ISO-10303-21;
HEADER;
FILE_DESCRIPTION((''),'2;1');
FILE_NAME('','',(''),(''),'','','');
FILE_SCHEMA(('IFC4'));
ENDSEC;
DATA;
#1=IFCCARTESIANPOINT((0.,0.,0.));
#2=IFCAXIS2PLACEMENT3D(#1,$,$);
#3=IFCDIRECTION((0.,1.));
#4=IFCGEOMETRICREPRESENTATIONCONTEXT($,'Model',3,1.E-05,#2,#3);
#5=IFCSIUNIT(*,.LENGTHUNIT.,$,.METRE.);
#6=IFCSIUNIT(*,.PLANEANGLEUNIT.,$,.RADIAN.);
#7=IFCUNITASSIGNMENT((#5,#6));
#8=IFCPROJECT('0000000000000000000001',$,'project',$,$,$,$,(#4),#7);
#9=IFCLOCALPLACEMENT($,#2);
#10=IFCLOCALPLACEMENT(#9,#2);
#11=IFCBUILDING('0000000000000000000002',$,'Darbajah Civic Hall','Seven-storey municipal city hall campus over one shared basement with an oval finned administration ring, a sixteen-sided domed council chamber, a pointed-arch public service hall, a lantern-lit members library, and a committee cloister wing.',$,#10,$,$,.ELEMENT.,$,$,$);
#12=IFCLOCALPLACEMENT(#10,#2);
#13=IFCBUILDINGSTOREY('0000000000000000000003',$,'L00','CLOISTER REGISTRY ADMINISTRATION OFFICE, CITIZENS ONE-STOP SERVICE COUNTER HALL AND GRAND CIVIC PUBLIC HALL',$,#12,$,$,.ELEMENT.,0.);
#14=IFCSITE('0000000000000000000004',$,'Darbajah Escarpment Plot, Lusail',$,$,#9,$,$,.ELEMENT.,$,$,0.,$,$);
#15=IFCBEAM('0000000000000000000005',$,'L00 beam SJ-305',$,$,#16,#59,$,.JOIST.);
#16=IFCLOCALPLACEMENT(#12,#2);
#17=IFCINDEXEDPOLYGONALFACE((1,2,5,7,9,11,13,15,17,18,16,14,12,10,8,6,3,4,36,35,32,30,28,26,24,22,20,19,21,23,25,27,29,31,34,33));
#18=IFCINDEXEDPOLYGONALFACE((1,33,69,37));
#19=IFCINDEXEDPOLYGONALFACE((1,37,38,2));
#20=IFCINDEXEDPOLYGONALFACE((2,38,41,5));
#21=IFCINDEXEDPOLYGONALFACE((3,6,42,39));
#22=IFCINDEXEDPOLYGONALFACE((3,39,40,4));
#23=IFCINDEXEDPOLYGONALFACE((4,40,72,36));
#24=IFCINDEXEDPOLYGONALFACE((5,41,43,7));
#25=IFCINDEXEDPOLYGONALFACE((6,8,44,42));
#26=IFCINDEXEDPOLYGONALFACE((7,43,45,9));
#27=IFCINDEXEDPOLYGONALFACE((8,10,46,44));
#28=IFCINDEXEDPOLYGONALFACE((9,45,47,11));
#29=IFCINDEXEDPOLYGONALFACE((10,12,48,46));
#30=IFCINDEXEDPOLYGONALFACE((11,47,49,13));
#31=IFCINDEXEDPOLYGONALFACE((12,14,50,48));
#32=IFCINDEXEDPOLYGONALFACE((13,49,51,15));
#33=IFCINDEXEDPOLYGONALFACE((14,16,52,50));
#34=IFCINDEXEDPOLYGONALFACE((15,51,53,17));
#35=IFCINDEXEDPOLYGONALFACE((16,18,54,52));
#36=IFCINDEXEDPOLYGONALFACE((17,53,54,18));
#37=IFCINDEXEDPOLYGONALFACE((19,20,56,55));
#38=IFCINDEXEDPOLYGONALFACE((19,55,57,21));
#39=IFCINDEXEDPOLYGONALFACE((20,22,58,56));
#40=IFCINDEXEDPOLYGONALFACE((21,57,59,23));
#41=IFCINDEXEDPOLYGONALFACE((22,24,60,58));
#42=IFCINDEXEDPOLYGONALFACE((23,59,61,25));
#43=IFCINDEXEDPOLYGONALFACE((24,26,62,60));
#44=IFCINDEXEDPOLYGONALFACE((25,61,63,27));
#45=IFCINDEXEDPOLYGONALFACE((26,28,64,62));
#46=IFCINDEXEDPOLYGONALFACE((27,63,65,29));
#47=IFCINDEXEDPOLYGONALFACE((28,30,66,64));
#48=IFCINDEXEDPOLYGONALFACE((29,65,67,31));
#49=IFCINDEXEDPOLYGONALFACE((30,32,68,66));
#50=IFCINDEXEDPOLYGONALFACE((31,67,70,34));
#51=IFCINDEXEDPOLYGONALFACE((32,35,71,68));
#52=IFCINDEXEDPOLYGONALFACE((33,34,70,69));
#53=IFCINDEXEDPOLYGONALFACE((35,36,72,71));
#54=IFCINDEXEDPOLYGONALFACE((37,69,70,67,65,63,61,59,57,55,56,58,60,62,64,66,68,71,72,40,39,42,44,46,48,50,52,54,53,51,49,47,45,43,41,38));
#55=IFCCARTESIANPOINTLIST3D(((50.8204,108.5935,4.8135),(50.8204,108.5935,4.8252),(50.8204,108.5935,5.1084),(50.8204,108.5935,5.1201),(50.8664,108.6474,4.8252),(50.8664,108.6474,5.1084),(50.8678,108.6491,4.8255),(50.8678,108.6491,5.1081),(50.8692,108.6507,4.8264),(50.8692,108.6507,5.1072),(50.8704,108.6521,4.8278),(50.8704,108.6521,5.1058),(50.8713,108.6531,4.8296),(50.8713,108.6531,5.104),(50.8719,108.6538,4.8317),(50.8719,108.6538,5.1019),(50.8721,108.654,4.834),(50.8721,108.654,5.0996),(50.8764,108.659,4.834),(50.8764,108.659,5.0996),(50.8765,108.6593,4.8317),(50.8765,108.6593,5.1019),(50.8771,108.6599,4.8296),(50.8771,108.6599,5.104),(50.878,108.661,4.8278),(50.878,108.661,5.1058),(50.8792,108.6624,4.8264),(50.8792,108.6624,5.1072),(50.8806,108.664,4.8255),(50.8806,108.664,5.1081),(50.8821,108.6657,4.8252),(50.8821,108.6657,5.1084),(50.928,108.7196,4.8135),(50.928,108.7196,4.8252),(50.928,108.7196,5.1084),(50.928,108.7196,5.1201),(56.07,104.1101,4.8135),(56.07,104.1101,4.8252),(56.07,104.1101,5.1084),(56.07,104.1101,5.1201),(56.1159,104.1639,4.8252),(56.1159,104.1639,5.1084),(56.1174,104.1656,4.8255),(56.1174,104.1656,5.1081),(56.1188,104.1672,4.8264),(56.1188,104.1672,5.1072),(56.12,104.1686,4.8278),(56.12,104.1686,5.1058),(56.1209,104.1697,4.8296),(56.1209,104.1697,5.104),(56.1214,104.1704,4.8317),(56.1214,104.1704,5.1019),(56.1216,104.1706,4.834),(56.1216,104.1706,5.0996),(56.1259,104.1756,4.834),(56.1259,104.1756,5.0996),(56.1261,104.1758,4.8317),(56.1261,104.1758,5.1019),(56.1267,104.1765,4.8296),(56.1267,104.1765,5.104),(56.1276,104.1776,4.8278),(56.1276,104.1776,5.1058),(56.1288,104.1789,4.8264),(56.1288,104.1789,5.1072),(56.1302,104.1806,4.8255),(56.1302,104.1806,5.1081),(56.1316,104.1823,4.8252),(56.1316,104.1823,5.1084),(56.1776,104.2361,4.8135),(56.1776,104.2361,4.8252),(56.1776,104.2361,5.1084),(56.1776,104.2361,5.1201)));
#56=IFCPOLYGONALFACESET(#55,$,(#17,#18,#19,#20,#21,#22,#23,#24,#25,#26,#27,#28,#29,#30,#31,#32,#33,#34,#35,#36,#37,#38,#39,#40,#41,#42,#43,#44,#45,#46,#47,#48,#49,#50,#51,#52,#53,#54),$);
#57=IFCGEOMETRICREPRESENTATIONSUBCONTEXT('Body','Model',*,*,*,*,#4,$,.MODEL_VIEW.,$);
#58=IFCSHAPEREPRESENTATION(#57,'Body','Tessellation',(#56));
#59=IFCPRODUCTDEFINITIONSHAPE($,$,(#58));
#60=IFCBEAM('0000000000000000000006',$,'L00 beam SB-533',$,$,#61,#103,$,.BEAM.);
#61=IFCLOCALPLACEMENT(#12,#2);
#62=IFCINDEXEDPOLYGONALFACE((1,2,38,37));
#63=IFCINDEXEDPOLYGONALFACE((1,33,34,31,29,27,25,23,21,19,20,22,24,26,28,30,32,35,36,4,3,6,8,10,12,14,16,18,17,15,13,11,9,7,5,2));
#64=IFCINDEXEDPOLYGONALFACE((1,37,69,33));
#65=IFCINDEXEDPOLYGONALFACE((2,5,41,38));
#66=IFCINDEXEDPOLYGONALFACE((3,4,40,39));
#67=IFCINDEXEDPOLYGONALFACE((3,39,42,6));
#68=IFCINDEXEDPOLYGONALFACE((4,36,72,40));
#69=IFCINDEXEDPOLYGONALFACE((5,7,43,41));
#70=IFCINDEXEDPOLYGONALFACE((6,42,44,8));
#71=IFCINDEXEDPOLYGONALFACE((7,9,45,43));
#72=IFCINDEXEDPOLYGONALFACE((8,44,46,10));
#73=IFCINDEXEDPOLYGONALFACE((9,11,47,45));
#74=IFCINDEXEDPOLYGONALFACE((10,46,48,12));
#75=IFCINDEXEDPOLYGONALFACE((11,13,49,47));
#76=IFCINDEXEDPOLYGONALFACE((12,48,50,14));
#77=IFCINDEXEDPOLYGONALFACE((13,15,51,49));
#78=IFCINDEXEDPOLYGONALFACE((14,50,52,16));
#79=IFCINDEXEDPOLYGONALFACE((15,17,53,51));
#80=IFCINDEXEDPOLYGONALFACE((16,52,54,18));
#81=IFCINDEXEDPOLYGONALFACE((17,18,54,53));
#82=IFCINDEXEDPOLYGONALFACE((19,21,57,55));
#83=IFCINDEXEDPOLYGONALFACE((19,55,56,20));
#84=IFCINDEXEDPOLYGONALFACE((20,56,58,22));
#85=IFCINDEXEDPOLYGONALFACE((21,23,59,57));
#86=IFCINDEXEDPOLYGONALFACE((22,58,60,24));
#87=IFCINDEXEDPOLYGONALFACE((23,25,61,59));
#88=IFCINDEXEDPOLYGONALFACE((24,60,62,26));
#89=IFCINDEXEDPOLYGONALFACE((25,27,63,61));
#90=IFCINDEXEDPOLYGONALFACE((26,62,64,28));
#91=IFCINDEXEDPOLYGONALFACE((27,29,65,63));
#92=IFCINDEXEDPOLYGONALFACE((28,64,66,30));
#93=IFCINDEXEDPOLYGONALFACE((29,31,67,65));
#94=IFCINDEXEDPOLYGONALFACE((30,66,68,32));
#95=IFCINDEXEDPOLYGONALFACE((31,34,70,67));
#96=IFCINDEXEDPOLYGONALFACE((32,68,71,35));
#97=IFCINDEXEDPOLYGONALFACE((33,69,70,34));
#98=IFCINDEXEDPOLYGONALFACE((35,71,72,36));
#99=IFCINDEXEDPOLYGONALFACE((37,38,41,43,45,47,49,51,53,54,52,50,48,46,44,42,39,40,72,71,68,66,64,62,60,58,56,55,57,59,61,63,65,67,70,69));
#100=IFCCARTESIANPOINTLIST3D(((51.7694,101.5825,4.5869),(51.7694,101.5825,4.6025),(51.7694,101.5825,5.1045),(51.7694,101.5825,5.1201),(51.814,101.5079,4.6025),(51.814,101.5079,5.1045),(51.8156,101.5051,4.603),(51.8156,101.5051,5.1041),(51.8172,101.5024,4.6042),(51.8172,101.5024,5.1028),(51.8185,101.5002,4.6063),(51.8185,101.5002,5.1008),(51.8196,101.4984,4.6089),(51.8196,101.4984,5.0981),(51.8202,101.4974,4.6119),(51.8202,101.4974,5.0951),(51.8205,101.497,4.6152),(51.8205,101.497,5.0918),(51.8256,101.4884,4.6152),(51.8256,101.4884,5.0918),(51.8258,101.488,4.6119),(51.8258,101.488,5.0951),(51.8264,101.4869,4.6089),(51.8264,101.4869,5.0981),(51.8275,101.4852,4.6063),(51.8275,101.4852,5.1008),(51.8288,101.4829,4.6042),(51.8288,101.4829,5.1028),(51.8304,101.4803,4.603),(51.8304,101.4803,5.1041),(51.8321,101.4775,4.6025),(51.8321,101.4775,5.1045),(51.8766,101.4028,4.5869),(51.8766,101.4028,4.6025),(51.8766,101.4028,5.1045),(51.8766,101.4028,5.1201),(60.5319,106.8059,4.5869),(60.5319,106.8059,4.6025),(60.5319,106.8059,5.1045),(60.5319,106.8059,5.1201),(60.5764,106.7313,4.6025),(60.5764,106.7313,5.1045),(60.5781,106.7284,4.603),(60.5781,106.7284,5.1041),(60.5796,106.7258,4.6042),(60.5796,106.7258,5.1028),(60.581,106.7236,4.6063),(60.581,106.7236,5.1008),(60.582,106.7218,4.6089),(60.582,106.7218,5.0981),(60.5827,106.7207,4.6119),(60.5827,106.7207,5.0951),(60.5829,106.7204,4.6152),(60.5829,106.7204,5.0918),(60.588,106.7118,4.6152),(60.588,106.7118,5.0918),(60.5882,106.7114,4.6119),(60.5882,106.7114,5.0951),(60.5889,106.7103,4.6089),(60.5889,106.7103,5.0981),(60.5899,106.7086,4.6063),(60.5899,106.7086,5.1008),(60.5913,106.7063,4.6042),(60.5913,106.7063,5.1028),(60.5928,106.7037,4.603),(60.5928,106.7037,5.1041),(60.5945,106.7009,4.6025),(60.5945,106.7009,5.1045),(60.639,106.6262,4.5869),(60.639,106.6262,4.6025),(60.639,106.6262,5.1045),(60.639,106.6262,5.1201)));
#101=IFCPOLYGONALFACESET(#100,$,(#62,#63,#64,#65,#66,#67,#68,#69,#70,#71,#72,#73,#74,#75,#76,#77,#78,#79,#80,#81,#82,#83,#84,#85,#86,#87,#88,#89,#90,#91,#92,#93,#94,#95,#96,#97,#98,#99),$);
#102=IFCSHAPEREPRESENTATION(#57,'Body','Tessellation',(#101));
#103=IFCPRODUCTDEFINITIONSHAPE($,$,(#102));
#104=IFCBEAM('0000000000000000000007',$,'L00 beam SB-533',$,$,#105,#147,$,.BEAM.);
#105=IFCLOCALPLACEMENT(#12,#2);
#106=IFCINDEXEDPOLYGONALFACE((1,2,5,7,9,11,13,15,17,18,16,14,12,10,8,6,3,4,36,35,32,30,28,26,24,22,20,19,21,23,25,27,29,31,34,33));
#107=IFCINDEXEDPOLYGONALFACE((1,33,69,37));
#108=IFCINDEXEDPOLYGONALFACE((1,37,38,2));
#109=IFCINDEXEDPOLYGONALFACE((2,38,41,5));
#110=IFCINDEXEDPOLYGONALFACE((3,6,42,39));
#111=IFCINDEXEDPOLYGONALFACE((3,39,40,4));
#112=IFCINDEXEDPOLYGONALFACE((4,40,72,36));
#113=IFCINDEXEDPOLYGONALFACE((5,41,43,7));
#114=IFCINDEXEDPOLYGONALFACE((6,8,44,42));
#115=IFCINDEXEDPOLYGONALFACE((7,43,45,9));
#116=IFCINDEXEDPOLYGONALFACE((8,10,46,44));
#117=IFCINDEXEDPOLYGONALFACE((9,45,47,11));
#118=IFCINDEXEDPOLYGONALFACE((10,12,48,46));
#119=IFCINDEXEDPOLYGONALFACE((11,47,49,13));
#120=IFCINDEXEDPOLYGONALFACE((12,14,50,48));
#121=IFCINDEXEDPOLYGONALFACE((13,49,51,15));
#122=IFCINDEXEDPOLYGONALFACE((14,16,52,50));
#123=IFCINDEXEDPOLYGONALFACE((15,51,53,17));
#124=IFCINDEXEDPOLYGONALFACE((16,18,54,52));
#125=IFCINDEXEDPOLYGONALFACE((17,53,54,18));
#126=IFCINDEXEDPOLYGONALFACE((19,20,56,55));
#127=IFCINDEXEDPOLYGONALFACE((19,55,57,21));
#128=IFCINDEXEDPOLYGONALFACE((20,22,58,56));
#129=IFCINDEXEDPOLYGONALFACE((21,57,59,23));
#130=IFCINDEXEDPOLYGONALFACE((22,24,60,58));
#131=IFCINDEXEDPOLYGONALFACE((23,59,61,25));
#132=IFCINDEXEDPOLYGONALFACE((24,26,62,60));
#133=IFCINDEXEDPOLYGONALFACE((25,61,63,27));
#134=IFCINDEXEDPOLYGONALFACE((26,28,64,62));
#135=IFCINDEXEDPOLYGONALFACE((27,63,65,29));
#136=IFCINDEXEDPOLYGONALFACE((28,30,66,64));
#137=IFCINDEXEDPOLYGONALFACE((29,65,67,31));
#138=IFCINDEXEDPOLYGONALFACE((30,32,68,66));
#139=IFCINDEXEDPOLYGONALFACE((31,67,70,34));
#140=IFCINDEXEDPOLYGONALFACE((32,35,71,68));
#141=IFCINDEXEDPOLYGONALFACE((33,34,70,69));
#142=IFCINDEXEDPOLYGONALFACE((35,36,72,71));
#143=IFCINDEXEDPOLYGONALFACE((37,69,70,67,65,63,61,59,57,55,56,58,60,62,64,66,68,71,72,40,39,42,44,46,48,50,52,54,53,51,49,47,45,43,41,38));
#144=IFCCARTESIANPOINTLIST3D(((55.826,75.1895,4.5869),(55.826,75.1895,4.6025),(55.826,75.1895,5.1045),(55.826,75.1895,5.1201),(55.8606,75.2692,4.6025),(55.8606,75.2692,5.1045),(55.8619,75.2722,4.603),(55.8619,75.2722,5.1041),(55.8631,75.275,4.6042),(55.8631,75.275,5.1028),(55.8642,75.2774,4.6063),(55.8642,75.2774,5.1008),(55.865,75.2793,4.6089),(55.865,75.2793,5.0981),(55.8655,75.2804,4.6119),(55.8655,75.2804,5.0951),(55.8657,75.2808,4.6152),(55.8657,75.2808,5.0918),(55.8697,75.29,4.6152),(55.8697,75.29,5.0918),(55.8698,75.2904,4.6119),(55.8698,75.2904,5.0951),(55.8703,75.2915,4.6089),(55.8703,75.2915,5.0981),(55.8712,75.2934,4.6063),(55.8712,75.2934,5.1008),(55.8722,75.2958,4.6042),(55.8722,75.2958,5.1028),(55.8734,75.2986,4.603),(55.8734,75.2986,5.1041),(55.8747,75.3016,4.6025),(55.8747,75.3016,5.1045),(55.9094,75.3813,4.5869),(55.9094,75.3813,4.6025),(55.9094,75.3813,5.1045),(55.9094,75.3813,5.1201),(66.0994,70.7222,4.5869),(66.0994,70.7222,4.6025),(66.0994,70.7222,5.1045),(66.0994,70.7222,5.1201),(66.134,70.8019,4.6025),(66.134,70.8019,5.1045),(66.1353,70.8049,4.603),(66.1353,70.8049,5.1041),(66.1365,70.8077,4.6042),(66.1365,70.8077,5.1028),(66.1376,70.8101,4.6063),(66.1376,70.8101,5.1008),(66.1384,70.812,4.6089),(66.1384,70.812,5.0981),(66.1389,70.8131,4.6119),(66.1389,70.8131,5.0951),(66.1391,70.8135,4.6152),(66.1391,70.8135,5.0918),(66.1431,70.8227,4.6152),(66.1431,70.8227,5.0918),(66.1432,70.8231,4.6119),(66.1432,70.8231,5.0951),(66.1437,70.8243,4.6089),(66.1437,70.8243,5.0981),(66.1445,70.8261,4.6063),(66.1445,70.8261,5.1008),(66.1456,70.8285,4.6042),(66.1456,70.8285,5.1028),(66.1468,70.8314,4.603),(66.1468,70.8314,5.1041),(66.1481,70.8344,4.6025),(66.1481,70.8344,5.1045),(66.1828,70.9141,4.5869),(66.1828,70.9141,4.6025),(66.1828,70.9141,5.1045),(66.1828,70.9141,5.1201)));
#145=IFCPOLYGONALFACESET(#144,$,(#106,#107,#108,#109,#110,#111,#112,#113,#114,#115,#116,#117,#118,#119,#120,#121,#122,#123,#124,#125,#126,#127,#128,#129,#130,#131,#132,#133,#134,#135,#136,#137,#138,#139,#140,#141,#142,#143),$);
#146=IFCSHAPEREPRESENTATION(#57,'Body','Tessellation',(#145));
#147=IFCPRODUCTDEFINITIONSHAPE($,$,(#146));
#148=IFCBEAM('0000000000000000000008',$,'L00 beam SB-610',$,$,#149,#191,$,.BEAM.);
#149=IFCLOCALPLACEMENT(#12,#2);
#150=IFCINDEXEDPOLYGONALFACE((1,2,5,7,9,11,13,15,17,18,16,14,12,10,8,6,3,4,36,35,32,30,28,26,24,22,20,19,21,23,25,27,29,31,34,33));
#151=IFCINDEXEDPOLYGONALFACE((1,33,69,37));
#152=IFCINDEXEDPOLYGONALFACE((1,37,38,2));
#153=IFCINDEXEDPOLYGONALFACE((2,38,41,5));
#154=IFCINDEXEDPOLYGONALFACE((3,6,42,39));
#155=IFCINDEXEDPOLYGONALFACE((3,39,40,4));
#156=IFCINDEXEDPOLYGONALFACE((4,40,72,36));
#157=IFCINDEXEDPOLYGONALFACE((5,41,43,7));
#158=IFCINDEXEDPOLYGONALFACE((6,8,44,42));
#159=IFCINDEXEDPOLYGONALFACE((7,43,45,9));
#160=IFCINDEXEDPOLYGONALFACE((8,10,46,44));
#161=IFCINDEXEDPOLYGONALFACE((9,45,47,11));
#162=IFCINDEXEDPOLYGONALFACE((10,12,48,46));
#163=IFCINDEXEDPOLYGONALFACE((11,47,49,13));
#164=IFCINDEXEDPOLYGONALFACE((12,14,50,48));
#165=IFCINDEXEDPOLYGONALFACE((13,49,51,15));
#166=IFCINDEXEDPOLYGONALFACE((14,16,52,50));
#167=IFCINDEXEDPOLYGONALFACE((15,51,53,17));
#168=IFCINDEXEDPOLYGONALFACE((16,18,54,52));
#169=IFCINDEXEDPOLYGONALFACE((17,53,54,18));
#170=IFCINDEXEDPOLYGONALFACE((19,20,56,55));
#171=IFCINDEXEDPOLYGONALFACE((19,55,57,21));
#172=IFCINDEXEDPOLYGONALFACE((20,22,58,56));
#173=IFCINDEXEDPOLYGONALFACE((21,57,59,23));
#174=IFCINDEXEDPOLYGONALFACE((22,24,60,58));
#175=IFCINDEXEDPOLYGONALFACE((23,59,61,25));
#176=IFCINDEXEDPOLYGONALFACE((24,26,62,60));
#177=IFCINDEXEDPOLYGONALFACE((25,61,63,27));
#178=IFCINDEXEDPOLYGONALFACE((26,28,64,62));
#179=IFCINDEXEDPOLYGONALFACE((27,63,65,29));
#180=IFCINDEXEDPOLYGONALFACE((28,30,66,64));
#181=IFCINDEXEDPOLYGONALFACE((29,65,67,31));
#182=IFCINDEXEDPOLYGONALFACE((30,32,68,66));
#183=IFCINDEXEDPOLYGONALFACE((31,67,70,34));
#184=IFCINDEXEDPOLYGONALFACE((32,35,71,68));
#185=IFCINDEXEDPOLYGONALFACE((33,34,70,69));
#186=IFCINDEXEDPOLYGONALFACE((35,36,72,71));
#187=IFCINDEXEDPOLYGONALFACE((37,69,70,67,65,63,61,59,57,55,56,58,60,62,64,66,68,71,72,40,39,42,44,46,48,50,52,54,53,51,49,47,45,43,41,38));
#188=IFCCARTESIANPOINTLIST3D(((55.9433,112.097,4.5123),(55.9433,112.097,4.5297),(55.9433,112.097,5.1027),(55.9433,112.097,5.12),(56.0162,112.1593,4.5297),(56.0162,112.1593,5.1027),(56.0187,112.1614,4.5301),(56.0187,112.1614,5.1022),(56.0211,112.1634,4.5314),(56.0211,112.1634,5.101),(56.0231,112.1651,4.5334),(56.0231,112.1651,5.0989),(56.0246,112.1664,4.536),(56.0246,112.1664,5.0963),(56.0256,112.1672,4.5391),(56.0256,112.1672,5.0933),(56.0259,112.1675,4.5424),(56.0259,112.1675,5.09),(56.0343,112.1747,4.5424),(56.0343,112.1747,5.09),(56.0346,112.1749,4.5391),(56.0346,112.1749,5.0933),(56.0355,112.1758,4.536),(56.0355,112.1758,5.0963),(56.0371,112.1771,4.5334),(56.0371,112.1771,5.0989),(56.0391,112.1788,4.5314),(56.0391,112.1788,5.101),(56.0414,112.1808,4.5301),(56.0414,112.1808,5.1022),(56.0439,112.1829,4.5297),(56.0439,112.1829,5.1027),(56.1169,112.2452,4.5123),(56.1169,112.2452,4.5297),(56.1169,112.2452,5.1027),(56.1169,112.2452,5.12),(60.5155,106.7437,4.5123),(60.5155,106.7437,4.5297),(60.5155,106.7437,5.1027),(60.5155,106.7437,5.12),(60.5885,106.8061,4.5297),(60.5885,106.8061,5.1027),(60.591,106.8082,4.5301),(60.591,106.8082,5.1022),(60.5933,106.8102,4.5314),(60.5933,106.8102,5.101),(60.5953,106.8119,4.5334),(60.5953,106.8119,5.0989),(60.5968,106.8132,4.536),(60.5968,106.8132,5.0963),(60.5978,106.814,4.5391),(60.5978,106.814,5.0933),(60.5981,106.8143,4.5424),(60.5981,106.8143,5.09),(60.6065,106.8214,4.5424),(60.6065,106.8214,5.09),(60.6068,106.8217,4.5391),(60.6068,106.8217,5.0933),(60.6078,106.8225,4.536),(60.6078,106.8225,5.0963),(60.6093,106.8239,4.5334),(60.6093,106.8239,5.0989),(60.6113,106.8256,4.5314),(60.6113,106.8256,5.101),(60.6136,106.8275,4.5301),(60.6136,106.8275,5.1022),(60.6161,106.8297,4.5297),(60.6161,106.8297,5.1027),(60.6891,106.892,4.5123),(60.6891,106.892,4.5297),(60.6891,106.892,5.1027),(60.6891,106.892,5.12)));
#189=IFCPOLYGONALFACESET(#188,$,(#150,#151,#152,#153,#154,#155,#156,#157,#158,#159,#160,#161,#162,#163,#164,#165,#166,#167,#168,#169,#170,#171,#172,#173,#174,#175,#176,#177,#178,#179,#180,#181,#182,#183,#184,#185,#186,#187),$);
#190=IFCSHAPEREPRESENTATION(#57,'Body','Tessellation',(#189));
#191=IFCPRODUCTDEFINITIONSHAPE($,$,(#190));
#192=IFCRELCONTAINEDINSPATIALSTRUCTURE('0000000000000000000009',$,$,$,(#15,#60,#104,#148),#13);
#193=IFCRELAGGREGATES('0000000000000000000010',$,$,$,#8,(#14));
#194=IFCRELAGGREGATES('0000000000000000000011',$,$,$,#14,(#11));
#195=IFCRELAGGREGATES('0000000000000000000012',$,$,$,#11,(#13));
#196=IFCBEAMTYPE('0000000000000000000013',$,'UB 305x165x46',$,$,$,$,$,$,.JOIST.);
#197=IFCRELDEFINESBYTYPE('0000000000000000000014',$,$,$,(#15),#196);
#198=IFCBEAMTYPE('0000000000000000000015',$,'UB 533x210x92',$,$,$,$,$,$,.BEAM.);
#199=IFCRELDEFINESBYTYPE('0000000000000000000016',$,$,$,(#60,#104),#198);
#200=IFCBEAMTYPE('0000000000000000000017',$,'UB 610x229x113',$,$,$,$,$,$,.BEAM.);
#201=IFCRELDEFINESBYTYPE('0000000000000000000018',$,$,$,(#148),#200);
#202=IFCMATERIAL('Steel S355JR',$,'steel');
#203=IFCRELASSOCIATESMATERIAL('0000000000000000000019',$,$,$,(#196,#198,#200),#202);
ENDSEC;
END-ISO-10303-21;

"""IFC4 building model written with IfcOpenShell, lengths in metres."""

from ifc_helpers import new_model, si_unit, direction, frame, origin, origin_2d, place, context, subcontext, project, spatial, i_section, extrude, material, material_profile, profile_set, type_object, element, save


model = new_model("IFC4")

# Units and contexts
model_context = context("Model", 3, precision=1e-05, world=origin(), true_north=direction((0.0, 1.0)))
body_context = subcontext(model_context, "Body", "Model", "MODEL_VIEW")
ifc_project = project(units=[si_unit("LENGTHUNIT", "METRE"), si_unit("PLANEANGLEUNIT", "RADIAN")], contexts=[model_context])

# Site, building, storey
site_placement = place(None, origin())
site = spatial("IfcSite", under=ifc_project, at=site_placement, Name="Darbajah Escarpment Plot, Lusail", CompositionType="ELEMENT", RefElevation=0.0)
building_placement = place(site_placement, origin())
building = spatial("IfcBuilding", under=site, at=building_placement, Name="Darbajah Civic Hall", Description="Seven-storey municipal city hall campus over one shared basement with an oval finned administration ring, a sixteen-sided domed council chamber, a pointed-arch public service hall, a lantern-lit members library, and a committee cloister wing.", CompositionType="ELEMENT")
storey_placement = place(building_placement, origin())
storey = spatial("IfcBuildingStorey", under=building, at=storey_placement, Name="L00", Description="CLOISTER REGISTRY ADMINISTRATION OFFICE, CITIZENS ONE-STOP SERVICE COUNTER HALL AND GRAND CIVIC PUBLIC HALL", CompositionType="ELEMENT", Elevation=0.0)

# Beams
ifc_material_1 = material(Name="Steel S355JR", Category="steel")
ifc_material_profile_1 = material_profile(ifc_material_1, i_section(OverallWidth=0.1658, OverallDepth=0.3066, WebThickness=0.0066, FlangeThickness=0.0117, FilletRadius=0.0088, at=origin_2d()), Name="UB 305x165x46")
ifc_profile_set_1 = profile_set([ifc_material_profile_1], Name="Steel S355JR")
beam_type_1 = type_object("IfcBeamType", Name="UB 305x165x46", PredefinedType="JOIST", material=ifc_profile_set_1)
beam_1_placement = place(storey_placement, frame((56.1238, 104.1731, 4.9668), z_axis=(-0.760414, 0.649439, 0.0), x_axis=(-0.649439, -0.760414, 0.0)))
element("IfcBeam", 1, at=beam_1_placement, inside=storey, type_object=beam_type_1, Name="L00 beam SJ-305", PredefinedType="JOIST", context=body_context, shape_type="SweptSolid", body=[
    extrude(i_section(OverallWidth=0.1658, OverallDepth=0.3066, WebThickness=0.0066, FlangeThickness=0.0117, FilletRadius=0.0088, at=origin_2d()), origin(), (0.0, 0.0, 1.0), 6.9036),
])
ifc_material_profile_2 = material_profile(ifc_material_1, i_section(OverallWidth=0.2092, OverallDepth=0.5332, WebThickness=0.01, FlangeThickness=0.0156, FilletRadius=0.0127, at=origin_2d()), Name="UB 533x210x92")
ifc_profile_set_2 = profile_set([ifc_material_profile_2], Name="Steel S355JR")
beam_type_2 = type_object("IfcBeamType", Name="UB 533x210x92", PredefinedType="BEAM", material=ifc_profile_set_2)
beam_2_placement = place(storey_placement, frame((60.5854, 106.7161, 4.8535), z_axis=(-0.858963, -0.512037, 0.0), x_axis=(0.512037, -0.858963, 0.0)))
element("IfcBeam", 2, at=beam_2_placement, inside=storey, type_object=beam_type_2, Name="L00 beam SB-533", PredefinedType="BEAM", context=body_context, shape_type="SweptSolid", body=[
    extrude(i_section(OverallWidth=0.2092, OverallDepth=0.5332, WebThickness=0.01, FlangeThickness=0.0156, FilletRadius=0.0127, at=origin_2d()), origin(), (0.0, 0.0, 1.0), 10.2012),
])
beam_3_placement = place(storey_placement, frame((55.8677, 75.2854, 4.8535), z_axis=(0.917051, -0.398769, 0.0), x_axis=(0.398769, 0.917051, 0.0)))
element("IfcBeam", 3, at=beam_3_placement, inside=storey, type_object=beam_type_2, Name="L00 beam SB-533", PredefinedType="BEAM", context=body_context, shape_type="SweptSolid", body=[
    extrude(i_section(OverallWidth=0.2092, OverallDepth=0.5332, WebThickness=0.01, FlangeThickness=0.0156, FilletRadius=0.0127, at=origin_2d()), origin(), (0.0, 0.0, 1.0), 11.2026),
])
ifc_material_profile_3 = material_profile(ifc_material_1, i_section(OverallWidth=0.2283, OverallDepth=0.6077, WebThickness=0.011, FlangeThickness=0.0173, FilletRadius=0.0127, at=origin_2d()), Name="UB 610x229x113")
ifc_profile_set_3 = profile_set([ifc_material_profile_3], Name="Steel S355JR")
beam_type_3 = type_object("IfcBeamType", Name="UB 610x229x113", PredefinedType="BEAM", material=ifc_profile_set_3)
for number, where, z_axis, x_axis, name in (
    (4, (60.6023, 106.8179, 4.8162), (-0.64946, 0.760396, 0.0), (-0.760396, -0.64946, 0.0), "L00 beam SB-610"),
):
    element("IfcBeam", number, at=place(storey_placement, frame(where, z_axis=z_axis, x_axis=x_axis)), inside=storey, type_object=beam_type_3, Name=name, PredefinedType="BEAM", context=body_context, shape_type="SweptSolid", body=[
        extrude(i_section(OverallWidth=0.2283, OverallDepth=0.6077, WebThickness=0.011, FlangeThickness=0.0173, FilletRadius=0.0127, at=origin_2d()), origin(), (0.0, 0.0, 1.0), 7.04),
    ])

save(model, "model.ifc")
